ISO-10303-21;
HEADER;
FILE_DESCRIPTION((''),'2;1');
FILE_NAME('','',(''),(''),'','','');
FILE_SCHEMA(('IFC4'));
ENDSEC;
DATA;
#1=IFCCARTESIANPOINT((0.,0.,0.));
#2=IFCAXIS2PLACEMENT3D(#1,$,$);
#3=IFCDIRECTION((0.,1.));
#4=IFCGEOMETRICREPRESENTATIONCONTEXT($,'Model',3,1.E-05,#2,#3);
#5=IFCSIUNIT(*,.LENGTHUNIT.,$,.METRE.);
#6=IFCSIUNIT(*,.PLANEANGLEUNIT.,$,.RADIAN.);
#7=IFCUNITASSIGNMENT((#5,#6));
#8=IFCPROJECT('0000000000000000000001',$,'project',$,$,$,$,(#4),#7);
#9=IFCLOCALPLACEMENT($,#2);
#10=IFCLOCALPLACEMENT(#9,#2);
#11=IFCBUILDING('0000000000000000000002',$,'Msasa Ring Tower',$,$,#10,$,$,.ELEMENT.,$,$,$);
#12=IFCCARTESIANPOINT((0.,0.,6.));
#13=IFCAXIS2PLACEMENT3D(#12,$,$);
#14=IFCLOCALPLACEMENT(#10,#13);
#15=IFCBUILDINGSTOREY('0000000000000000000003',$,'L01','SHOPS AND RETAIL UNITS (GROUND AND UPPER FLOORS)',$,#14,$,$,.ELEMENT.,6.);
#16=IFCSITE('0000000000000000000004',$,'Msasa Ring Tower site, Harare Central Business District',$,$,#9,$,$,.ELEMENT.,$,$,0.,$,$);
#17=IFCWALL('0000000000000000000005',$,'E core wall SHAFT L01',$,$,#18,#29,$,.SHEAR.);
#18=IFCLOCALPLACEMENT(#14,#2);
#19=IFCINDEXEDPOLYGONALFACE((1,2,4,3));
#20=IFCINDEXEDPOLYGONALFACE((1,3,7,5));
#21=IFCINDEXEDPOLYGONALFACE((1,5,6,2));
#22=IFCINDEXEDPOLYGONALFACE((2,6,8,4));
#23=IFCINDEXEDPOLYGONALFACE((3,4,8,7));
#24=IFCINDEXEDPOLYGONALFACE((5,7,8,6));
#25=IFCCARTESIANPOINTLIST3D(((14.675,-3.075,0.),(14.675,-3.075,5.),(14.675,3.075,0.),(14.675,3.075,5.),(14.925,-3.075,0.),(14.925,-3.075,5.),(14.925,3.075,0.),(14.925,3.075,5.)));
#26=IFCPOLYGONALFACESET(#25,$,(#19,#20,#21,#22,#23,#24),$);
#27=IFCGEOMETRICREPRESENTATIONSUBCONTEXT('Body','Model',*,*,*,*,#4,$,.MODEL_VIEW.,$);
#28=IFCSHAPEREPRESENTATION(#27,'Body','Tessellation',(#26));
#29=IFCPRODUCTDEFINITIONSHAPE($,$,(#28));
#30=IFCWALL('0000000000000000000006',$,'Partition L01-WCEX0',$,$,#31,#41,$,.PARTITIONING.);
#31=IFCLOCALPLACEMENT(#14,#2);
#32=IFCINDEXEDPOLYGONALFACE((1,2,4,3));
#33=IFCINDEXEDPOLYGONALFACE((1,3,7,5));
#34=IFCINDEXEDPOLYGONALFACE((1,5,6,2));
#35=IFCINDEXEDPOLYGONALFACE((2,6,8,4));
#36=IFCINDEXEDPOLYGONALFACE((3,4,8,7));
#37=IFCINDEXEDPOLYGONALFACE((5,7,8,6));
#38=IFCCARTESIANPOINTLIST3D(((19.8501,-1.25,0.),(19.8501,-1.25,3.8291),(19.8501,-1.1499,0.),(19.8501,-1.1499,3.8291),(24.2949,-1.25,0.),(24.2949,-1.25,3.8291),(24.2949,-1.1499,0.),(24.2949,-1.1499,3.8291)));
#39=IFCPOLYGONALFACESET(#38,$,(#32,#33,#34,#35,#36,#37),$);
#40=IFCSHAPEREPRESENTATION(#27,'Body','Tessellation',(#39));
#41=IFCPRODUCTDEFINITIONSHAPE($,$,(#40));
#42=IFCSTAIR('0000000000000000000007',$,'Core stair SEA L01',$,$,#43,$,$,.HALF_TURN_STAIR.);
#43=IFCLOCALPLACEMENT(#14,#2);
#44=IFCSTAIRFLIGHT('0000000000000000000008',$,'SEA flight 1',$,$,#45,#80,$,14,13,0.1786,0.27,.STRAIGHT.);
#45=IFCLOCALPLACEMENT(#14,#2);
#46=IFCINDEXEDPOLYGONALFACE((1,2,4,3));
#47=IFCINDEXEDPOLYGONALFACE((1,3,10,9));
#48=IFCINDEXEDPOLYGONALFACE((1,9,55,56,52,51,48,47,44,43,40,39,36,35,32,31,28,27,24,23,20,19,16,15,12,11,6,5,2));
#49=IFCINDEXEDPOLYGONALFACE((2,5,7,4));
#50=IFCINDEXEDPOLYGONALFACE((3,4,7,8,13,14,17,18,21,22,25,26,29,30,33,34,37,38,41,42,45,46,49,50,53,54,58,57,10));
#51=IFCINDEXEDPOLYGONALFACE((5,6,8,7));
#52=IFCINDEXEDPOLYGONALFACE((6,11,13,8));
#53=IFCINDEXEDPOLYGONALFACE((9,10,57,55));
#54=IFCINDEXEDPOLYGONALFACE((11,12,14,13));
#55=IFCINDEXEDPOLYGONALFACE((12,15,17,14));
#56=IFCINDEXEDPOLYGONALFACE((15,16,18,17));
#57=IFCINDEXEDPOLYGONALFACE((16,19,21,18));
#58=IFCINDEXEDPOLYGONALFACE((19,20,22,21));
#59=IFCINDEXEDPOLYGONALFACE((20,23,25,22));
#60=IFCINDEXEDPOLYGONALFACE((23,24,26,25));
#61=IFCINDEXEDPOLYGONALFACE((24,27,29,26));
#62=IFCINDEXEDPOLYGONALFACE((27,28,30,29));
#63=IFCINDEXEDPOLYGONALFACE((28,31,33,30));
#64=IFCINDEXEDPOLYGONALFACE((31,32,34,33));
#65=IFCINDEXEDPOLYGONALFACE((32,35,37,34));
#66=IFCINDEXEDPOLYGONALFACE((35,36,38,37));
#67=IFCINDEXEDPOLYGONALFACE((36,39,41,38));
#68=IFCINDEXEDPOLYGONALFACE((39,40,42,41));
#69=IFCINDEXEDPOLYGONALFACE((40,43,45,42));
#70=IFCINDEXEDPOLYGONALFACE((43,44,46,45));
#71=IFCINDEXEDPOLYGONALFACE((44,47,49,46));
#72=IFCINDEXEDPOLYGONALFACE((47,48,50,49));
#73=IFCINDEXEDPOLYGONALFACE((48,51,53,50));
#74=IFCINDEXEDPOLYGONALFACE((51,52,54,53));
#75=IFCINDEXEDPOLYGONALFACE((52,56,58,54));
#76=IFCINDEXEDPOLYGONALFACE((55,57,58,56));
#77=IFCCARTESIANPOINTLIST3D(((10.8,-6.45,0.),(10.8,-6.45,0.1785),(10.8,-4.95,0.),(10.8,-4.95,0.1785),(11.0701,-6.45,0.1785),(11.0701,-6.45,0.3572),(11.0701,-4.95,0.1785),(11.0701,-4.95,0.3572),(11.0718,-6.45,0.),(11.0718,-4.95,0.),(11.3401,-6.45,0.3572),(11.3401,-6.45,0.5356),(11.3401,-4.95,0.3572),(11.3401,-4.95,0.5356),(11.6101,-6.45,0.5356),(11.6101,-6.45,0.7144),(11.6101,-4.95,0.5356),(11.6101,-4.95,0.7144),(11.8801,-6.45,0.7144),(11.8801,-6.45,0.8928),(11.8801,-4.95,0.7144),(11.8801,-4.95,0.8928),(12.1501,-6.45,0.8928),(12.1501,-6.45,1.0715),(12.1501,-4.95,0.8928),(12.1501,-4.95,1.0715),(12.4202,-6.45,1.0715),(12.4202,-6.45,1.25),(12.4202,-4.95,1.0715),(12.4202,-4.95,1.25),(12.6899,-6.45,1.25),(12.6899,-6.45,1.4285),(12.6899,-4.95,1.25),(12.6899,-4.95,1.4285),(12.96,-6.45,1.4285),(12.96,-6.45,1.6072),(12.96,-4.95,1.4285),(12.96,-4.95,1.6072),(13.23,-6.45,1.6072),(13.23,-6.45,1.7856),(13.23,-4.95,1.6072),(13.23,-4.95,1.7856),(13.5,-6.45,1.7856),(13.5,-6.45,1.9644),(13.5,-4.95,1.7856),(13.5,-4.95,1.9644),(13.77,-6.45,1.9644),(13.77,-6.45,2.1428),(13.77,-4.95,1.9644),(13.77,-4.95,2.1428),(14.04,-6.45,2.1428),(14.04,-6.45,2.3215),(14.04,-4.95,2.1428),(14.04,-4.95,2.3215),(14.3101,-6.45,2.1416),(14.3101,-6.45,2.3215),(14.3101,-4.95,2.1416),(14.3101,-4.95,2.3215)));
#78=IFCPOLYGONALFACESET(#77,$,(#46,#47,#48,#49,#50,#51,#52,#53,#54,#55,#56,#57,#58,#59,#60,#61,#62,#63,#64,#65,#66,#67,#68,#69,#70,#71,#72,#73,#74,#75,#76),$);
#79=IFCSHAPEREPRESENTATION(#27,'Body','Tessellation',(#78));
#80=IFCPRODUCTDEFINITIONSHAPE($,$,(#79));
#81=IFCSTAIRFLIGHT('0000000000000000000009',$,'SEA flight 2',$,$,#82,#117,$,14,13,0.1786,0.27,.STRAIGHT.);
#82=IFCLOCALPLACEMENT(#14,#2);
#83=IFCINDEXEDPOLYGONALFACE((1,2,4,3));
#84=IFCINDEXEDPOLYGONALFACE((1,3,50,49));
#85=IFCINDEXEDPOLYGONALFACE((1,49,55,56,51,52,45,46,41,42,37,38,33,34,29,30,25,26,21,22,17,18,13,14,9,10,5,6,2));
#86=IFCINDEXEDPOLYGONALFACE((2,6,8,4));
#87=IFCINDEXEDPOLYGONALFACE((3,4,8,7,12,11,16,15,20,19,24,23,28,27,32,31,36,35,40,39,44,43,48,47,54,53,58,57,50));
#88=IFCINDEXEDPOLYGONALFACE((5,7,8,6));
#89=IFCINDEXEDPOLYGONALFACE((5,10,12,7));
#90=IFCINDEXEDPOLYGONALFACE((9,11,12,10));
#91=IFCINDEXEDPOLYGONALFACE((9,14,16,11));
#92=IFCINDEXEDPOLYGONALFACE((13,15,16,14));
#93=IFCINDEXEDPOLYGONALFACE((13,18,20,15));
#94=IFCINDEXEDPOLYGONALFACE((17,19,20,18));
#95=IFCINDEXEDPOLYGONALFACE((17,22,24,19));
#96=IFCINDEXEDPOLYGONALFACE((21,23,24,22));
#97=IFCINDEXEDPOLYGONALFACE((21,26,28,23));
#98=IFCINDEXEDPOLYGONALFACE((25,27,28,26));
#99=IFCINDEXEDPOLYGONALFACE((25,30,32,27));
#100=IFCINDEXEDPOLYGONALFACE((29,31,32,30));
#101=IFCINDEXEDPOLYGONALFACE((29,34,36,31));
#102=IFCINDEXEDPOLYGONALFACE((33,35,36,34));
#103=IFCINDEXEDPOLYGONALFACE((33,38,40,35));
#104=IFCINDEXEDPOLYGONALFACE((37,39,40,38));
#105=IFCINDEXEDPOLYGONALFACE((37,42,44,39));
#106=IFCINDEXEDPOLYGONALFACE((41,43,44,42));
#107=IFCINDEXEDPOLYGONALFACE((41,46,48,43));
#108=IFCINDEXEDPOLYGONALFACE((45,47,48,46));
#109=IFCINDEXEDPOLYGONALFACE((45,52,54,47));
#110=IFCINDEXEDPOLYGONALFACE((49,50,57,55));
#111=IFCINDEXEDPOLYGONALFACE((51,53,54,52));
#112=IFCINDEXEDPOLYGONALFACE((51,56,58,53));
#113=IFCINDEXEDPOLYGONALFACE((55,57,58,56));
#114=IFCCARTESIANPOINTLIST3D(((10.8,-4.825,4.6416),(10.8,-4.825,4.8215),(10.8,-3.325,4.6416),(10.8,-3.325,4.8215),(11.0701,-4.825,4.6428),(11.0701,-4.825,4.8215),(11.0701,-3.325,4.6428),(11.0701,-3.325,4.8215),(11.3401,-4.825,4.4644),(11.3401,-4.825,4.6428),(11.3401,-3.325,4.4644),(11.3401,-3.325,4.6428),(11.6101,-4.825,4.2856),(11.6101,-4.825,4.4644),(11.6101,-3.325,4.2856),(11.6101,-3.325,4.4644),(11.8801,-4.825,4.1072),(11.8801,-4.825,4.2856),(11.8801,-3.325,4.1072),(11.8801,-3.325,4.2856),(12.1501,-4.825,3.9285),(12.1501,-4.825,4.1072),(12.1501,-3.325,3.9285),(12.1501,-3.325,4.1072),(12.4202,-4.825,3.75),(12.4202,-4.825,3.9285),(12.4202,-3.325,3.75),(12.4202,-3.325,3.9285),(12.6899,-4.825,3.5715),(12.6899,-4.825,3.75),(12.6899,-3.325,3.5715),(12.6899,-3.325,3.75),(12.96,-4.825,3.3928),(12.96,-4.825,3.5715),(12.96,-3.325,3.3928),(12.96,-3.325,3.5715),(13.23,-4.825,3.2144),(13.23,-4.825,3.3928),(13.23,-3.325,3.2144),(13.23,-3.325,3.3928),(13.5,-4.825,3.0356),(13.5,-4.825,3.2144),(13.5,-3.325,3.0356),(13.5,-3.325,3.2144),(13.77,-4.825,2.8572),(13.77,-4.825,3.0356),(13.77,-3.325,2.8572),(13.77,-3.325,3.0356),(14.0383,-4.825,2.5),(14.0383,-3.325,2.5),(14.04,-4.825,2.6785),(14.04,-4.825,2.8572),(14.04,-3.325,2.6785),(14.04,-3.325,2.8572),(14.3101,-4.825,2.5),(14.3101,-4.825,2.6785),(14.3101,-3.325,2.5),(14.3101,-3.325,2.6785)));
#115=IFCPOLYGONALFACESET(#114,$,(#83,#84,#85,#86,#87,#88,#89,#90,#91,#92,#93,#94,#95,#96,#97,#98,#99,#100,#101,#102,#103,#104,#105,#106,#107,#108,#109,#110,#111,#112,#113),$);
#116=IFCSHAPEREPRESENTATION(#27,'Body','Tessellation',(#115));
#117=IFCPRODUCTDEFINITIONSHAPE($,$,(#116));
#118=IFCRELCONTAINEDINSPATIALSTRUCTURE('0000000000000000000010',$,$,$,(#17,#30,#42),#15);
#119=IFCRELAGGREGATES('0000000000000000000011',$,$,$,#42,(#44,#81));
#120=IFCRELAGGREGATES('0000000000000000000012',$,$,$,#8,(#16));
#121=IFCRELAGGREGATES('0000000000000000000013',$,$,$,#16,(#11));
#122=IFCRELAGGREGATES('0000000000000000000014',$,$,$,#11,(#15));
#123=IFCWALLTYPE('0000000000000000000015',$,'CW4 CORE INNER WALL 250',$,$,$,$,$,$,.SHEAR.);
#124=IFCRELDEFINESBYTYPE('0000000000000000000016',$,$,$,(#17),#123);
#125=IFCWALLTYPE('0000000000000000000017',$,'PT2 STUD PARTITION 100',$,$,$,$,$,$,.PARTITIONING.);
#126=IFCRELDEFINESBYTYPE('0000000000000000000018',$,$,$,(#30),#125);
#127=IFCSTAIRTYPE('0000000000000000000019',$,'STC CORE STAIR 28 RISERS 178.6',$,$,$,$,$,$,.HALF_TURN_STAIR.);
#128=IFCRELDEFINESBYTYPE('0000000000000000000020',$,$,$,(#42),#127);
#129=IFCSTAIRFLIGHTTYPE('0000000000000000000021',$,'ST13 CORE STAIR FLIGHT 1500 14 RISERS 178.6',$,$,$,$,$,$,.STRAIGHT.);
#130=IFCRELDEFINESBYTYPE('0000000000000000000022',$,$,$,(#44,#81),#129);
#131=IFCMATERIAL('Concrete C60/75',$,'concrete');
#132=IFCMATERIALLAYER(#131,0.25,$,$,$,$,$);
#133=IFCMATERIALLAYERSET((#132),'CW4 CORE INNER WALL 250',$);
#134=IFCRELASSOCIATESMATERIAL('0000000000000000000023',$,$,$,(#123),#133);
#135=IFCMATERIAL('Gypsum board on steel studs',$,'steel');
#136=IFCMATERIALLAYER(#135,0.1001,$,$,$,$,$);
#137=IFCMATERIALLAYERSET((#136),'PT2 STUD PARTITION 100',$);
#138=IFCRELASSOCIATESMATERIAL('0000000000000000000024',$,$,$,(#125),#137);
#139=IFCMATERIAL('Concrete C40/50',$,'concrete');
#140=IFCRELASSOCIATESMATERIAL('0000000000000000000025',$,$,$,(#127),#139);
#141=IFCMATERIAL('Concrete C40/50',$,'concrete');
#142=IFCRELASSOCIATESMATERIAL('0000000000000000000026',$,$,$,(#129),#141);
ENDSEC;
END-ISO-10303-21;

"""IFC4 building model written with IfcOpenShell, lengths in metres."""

from ifc_helpers import new_model, si_unit, direction, frame, frame_2d, origin, place, context, subcontext, project, spatial, polyline, rectangle, outline, extrude, material, layer, layer_set, type_object, element, aggregate, save


model = new_model("IFC4")

# Units and contexts
model_context = context("Model", 3, precision=1e-05, world=origin(), true_north=direction((0.0, 1.0)))
body_context = subcontext(model_context, "Body", "Model", "MODEL_VIEW")
ifc_project = project(units=[si_unit("LENGTHUNIT", "METRE"), si_unit("PLANEANGLEUNIT", "RADIAN")], contexts=[model_context])

# Site, building, storey
site_placement = place(None, origin())
site = spatial("IfcSite", under=ifc_project, at=site_placement, Name="Msasa Ring Tower site, Harare Central Business District", CompositionType="ELEMENT", RefElevation=0.0)
building_placement = place(site_placement, origin())
building = spatial("IfcBuilding", under=site, at=building_placement, Name="Msasa Ring Tower", CompositionType="ELEMENT")
storey_placement = place(building_placement, frame((0.0, 0.0, 6.0)))
storey = spatial("IfcBuildingStorey", under=building, at=storey_placement, Name="L01", Description="SHOPS AND RETAIL UNITS (GROUND AND UPPER FLOORS)", CompositionType="ELEMENT", Elevation=6.0)

# Shared definitions
ifc_material_1 = material(Name="Concrete C60/75", Category="concrete")
ifc_layer_1 = layer(ifc_material_1, 0.25)
ifc_layer_set_1 = layer_set([ifc_layer_1], Name="CW4 CORE INNER WALL 250")
wall_type_1 = type_object("IfcWallType", Name="CW4 CORE INNER WALL 250", PredefinedType="SHEAR", material=ifc_layer_set_1)

# Walls
wall_1_placement = place(storey_placement, frame((14.8, -3.075, 0.0), z_axis=(0.0, 0.0, 1.0), x_axis=(0.0, 1.0, 0.0)))
element("IfcWall", 1, at=wall_1_placement, inside=storey, type_object=wall_type_1, Name="E core wall SHAFT L01", PredefinedType="SHEAR", context=body_context, shape_type="SweptSolid", body=[
    extrude(rectangle(XDim=6.1499, YDim=0.25, at=frame_2d((3.075, 0.0))), origin(), (0.0, 0.0, 1.0), 5.0),
])
ifc_material_2 = material(Name="Gypsum board on steel studs", Category="steel")
ifc_layer_2 = layer(ifc_material_2, 0.1001)
ifc_layer_set_2 = layer_set([ifc_layer_2], Name="PT2 STUD PARTITION 100")
wall_type_2 = type_object("IfcWallType", Name="PT2 STUD PARTITION 100", PredefinedType="PARTITIONING", material=ifc_layer_set_2)
wall_2_placement = place(storey_placement, frame((19.8501, -1.2, 0.0), z_axis=(0.0, 0.0, 1.0), x_axis=(1.0, 0.0, 0.0)))
element("IfcWall", 2, at=wall_2_placement, inside=storey, type_object=wall_type_2, Name="Partition L01-WCEX0", PredefinedType="PARTITIONING", context=body_context, shape_type="SweptSolid", body=[
    extrude(rectangle(XDim=4.4448, YDim=0.1001, at=frame_2d((2.2224, 0.0))), origin(), (0.0, 0.0, 1.0), 3.8291),
])

# Stair, stair flights
ifc_material_3 = material(Name="Concrete C40/50", Category="concrete")
stair_type = type_object("IfcStairType", Name="STC CORE STAIR 28 RISERS 178.6", PredefinedType="HALF_TURN_STAIR", material=ifc_material_3)
stair_placement = place(storey_placement, origin())
stair = element("IfcStair", 3, at=stair_placement, inside=storey, type_object=stair_type, Name="Core stair SEA L01", PredefinedType="HALF_TURN_STAIR")
ifc_material_4 = material(Name="Concrete C40/50", Category="concrete")
stair_flight_type = type_object("IfcStairFlightType", Name="ST13 CORE STAIR FLIGHT 1500 14 RISERS 178.6", PredefinedType="STRAIGHT", material=ifc_material_4)
stair_flight_1_placement = place(storey_placement, frame((10.8, -5.7, 0.0), z_axis=(0.0, 0.0, 1.0), x_axis=(1.0, 0.0, 0.0)))
stair_flight_1 = element("IfcStairFlight", 4, at=stair_flight_1_placement, type_object=stair_flight_type, Name="SEA flight 1", NumberOfRisers=14, NumberOfTreads=13, PredefinedType="STRAIGHT", RiserHeight=0.1786, TreadLength=0.27, context=body_context, shape_type="SweptSolid", body=[
    extrude(outline(polyline([(0.0, 0.0), (0.0, 0.1785), (0.27, 0.1785), (0.27, 0.3572), (0.54, 0.3572), (0.54, 0.5356), (0.8101, 0.5356), (0.8101, 0.7144), (1.0801, 0.7144), (1.0801, 0.8928), (1.3501, 0.8928), (1.3501, 1.0715), (1.6201, 1.0715), (1.6201, 1.25), (1.8899, 1.25), (1.8899, 1.4285), (2.1599, 1.4285), (2.1599, 1.6072), (2.4299, 1.6072), (2.4299, 1.7856), (2.7, 1.7856), (2.7, 1.9644), (2.97, 1.9644), (2.97, 2.1428), (3.24, 2.1428), (3.24, 2.3215), (3.51, 2.3215), (3.51, 2.5), (3.51, 2.1416), (0.2717, 0.0), (0.0, 0.0)])), frame((0.0, 0.75, 0.0), z_axis=(0.0, -1.0, 0.0), x_axis=(1.0, 0.0, 0.0)), (0.0, 0.0, 1.0), 1.5),
])
stair_flight_2_placement = place(storey_placement, frame((14.3101, -4.075, 2.5), z_axis=(0.0, 0.0, 1.0), x_axis=(-1.0, 0.0, 0.0)))
stair_flight_2 = element("IfcStairFlight", 5, at=stair_flight_2_placement, type_object=stair_flight_type, Name="SEA flight 2", NumberOfRisers=14, NumberOfTreads=13, PredefinedType="STRAIGHT", RiserHeight=0.1786, TreadLength=0.27, context=body_context, shape_type="SweptSolid", body=[
    extrude(outline(polyline([(0.0, 0.0), (0.0, 0.1785), (0.27, 0.1785), (0.27, 0.3572), (0.54, 0.3572), (0.54, 0.5356), (0.8101, 0.5356), (0.8101, 0.7144), (1.0801, 0.7144), (1.0801, 0.8928), (1.3501, 0.8928), (1.3501, 1.0715), (1.6201, 1.0715), (1.6201, 1.25), (1.8899, 1.25), (1.8899, 1.4285), (2.1599, 1.4285), (2.1599, 1.6072), (2.4299, 1.6072), (2.4299, 1.7856), (2.7, 1.7856), (2.7, 1.9644), (2.97, 1.9644), (2.97, 2.1428), (3.24, 2.1428), (3.24, 2.3215), (3.51, 2.3215), (3.51, 2.5), (3.51, 2.1416), (0.2717, 0.0), (0.0, 0.0)])), frame((0.0, 0.75, 0.0), z_axis=(0.0, -1.0, 0.0), x_axis=(1.0, 0.0, 0.0)), (0.0, 0.0, 1.0), 1.5),
])
aggregate(stair, [stair_flight_1, stair_flight_2])

save(model, "model.ifc")
